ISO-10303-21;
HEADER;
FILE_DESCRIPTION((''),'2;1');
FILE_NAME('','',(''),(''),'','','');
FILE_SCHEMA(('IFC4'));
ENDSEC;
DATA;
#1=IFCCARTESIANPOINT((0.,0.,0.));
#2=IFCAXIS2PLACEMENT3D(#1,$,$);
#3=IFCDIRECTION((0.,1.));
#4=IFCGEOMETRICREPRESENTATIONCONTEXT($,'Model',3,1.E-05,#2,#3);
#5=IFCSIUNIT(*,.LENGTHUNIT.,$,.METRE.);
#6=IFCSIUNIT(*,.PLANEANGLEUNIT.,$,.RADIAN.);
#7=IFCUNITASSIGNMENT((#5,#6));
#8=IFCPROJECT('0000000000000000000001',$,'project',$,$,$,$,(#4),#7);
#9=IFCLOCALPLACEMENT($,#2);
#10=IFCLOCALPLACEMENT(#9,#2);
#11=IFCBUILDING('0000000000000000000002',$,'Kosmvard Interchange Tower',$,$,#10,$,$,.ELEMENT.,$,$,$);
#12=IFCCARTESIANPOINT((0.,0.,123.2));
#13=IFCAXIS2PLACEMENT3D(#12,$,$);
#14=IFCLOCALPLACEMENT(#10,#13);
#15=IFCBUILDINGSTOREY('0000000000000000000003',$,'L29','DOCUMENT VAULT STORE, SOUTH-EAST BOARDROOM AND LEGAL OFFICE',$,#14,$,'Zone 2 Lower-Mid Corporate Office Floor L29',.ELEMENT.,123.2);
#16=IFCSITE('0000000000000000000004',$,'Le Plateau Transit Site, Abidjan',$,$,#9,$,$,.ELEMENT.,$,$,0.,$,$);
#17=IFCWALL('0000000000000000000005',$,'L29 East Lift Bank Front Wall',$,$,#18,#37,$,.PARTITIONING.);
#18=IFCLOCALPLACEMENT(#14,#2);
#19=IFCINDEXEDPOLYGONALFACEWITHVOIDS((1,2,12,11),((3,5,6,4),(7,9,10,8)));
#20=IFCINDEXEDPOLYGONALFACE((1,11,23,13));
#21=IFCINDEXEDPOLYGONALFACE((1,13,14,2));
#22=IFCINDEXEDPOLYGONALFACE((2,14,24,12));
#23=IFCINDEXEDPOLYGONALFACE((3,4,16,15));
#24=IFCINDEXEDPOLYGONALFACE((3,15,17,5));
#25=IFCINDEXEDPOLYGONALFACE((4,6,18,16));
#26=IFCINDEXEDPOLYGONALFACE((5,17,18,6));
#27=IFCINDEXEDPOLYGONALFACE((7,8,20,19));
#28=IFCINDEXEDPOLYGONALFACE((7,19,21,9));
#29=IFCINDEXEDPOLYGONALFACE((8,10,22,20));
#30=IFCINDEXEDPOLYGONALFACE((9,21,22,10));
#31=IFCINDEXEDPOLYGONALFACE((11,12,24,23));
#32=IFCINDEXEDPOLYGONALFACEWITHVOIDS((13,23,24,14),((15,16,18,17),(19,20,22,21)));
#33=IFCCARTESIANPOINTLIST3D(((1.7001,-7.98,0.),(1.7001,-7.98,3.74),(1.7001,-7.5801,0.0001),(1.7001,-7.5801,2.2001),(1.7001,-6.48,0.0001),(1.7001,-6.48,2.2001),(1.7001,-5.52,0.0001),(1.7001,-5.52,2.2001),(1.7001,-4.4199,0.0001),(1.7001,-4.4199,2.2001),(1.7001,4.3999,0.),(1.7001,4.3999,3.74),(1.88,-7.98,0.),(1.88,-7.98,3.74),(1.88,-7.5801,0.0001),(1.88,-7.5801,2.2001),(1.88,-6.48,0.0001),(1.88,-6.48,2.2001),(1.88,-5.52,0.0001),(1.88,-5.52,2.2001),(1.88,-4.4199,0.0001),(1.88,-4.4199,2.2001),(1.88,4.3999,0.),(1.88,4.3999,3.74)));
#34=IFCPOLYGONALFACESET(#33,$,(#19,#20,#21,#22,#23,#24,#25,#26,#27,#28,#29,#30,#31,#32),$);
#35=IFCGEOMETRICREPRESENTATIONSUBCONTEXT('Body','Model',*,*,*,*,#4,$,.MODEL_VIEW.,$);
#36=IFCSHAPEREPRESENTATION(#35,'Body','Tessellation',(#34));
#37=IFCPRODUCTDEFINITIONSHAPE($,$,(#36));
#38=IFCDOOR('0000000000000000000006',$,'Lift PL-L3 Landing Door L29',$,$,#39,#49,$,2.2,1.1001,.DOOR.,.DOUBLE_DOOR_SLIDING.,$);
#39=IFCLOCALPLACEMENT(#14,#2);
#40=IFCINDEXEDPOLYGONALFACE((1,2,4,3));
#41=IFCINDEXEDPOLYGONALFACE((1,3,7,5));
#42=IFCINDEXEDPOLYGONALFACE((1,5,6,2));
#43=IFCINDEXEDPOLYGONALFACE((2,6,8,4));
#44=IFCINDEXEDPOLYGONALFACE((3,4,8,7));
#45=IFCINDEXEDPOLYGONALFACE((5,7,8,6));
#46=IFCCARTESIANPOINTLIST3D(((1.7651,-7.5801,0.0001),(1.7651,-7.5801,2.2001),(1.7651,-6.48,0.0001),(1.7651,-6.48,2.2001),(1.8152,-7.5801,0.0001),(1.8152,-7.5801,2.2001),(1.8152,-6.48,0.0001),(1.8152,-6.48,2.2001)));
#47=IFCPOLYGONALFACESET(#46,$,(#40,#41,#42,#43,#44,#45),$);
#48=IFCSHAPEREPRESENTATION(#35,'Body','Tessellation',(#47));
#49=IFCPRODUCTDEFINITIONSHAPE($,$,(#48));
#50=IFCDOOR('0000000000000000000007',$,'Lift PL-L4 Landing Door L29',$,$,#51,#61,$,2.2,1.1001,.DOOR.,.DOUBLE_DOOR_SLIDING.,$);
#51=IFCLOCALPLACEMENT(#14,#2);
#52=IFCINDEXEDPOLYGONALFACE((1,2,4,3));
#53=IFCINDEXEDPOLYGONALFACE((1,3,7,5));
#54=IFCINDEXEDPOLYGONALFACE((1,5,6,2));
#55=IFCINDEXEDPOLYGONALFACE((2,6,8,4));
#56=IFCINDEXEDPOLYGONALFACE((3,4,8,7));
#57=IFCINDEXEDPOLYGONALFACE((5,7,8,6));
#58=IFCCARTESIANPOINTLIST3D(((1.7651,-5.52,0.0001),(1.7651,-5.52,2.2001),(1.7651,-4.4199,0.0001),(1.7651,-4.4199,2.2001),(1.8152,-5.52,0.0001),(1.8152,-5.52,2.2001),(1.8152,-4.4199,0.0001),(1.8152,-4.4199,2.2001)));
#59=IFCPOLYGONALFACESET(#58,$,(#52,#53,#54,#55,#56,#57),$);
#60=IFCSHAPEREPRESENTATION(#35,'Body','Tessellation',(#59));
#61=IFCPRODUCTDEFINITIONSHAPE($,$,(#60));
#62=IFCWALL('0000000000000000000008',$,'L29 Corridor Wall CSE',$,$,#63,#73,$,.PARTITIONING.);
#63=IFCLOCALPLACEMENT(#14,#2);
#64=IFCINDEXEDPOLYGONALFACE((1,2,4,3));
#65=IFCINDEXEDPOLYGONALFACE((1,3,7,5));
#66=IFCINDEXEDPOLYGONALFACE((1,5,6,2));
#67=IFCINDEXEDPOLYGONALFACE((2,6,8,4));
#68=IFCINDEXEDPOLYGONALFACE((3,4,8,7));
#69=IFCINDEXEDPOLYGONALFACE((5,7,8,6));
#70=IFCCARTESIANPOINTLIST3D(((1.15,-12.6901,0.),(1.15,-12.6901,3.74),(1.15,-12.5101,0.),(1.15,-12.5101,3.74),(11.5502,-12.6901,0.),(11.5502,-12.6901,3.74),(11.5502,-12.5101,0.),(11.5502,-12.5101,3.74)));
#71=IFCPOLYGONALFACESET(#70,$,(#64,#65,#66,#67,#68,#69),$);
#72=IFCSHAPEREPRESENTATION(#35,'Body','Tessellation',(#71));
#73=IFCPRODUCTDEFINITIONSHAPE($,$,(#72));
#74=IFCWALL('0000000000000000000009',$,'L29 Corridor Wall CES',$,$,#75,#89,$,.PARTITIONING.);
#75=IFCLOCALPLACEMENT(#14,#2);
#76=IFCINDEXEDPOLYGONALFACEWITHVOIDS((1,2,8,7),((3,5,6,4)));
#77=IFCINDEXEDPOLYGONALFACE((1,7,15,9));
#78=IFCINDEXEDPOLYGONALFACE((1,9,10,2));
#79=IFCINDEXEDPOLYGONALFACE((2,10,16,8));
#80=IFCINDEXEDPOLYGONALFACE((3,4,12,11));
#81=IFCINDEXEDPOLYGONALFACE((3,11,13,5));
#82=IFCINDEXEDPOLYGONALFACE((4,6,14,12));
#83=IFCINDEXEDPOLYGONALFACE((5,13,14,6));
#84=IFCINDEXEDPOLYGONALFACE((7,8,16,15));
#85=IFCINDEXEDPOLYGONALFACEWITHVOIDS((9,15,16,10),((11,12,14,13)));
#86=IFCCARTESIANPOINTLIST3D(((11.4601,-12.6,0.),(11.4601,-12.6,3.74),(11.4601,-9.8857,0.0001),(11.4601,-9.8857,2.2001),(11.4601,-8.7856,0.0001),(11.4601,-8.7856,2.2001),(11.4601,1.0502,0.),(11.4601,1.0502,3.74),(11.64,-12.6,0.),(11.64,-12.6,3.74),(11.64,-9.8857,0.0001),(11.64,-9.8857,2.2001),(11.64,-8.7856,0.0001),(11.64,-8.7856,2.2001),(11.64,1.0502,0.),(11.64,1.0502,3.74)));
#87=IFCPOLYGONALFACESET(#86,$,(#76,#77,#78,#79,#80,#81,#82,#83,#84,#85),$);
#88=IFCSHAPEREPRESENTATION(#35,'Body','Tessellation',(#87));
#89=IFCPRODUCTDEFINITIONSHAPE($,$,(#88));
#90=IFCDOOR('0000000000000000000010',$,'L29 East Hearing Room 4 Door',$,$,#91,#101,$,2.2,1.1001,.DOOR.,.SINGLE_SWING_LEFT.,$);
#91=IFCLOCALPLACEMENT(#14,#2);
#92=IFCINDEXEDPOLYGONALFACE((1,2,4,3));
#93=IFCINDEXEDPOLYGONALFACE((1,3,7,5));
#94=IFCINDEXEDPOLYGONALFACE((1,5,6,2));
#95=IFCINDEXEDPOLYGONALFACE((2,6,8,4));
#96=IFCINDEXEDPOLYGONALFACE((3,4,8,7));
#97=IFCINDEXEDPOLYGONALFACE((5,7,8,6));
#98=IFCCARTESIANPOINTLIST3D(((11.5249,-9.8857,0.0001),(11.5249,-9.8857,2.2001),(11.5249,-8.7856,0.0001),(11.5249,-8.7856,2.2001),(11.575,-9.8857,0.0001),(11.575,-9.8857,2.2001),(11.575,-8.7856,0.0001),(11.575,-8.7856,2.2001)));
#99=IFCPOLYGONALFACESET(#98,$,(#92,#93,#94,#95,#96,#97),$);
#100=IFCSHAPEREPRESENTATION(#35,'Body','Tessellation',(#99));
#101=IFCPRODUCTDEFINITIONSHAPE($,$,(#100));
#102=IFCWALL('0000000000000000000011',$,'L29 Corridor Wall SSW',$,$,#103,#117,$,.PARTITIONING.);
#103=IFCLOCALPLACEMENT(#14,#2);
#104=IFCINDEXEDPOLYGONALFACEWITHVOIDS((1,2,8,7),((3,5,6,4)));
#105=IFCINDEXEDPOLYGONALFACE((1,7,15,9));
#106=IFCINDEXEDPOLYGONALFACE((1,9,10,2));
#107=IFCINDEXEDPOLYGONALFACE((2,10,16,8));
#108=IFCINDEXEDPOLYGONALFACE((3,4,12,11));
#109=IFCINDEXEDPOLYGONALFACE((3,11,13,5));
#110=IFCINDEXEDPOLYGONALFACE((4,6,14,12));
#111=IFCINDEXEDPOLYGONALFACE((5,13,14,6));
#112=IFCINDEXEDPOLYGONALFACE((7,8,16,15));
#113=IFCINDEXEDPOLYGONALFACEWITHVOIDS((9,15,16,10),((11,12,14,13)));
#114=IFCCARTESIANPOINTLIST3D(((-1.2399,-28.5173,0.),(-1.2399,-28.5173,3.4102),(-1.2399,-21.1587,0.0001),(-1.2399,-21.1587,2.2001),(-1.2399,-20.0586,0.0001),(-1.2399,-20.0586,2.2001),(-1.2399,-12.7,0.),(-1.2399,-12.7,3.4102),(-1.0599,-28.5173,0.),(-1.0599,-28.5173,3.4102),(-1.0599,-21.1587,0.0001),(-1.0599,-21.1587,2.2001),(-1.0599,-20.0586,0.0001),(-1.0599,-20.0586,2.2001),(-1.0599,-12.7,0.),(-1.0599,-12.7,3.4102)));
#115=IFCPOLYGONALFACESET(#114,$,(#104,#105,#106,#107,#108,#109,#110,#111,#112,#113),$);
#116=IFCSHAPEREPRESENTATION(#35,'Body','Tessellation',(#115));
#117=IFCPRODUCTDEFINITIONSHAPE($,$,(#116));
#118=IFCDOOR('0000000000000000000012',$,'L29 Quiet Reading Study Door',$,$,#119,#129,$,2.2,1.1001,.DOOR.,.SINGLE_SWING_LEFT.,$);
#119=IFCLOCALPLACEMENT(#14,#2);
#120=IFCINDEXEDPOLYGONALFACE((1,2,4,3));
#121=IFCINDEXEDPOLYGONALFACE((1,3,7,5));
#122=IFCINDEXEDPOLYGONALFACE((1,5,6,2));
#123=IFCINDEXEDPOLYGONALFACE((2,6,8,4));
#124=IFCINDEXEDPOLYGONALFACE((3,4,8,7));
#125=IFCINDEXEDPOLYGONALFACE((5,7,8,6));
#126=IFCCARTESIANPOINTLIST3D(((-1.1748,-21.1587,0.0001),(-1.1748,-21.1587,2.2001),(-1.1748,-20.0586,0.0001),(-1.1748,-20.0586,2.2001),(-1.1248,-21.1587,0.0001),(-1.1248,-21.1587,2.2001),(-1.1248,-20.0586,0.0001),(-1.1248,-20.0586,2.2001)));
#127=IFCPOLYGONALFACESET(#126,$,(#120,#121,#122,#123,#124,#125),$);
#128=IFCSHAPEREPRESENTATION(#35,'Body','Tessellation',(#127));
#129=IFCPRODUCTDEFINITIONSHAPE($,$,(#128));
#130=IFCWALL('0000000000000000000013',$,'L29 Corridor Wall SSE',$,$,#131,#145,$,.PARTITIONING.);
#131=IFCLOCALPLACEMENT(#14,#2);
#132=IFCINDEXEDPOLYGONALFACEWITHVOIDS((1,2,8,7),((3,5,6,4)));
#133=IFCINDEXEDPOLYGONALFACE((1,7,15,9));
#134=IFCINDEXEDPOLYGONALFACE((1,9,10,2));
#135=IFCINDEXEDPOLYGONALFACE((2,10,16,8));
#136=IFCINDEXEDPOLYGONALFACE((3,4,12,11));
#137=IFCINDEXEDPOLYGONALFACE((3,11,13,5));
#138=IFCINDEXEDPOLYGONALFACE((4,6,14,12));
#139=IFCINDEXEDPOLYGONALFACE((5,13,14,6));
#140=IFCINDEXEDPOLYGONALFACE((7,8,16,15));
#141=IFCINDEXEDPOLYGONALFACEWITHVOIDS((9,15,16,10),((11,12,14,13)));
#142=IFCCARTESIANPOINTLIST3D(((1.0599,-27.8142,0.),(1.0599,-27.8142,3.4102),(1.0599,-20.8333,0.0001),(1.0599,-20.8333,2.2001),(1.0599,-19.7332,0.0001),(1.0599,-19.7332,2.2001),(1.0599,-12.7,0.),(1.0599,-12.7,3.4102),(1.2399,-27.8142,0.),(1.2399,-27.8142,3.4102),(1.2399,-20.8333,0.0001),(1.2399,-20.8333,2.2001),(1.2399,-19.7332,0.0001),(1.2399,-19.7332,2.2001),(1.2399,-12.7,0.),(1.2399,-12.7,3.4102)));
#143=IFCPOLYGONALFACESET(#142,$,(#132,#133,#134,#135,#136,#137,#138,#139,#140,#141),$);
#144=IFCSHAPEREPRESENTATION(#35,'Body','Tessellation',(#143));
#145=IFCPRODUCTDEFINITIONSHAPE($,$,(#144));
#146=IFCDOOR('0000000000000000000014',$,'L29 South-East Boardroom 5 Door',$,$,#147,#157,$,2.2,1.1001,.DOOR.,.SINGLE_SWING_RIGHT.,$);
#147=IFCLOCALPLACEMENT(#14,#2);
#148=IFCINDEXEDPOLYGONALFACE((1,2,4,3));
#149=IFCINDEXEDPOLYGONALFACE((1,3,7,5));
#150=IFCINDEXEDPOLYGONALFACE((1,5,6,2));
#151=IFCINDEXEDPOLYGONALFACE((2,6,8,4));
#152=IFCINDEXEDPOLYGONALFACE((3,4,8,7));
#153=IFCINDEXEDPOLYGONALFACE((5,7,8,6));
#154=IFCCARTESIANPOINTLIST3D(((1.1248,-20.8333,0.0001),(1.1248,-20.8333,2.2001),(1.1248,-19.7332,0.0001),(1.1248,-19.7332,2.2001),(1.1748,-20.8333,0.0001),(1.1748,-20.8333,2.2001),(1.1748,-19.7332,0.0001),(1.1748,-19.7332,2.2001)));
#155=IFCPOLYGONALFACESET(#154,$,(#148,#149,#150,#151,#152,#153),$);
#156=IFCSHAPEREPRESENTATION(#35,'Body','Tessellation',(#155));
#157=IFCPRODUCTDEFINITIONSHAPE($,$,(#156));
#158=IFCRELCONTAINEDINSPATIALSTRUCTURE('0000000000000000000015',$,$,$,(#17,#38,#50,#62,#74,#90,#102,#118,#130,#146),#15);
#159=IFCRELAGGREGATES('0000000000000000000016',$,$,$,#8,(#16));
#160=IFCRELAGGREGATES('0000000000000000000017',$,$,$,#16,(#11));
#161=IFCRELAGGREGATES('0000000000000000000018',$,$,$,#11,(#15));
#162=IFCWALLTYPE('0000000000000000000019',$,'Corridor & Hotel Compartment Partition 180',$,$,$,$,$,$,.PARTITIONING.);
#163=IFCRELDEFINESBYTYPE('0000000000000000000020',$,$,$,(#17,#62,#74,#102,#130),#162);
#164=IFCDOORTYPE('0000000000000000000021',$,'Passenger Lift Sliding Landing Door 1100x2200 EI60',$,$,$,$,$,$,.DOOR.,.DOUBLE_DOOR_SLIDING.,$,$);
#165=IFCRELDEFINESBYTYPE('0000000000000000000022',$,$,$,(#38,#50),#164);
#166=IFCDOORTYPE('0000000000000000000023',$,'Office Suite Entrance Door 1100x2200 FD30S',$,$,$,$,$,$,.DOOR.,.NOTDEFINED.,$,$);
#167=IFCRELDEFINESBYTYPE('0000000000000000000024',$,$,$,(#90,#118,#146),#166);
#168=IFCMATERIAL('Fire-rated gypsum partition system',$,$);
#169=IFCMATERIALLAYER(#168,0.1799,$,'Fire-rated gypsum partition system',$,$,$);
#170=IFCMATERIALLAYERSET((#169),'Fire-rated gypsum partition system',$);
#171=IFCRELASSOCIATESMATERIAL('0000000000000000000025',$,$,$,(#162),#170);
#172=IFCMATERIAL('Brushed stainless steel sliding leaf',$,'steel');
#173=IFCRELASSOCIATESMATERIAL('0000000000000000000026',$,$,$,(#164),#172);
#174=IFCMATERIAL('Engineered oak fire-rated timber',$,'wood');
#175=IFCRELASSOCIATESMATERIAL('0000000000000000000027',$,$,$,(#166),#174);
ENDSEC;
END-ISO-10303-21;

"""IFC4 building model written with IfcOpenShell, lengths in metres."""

from ifc_helpers import new_model, si_unit, direction, frame, frame_2d, origin, place, context, subcontext, project, spatial, rectangle, extrude, source, transform, mapped, material, layer, layer_set, type_object, element, fill, save


model = new_model("IFC4")

# Units and contexts
model_context = context("Model", 3, precision=1e-05, world=origin(), true_north=direction((0.0, 1.0)))
body_context = subcontext(model_context, "Body", "Model", "MODEL_VIEW")
ifc_project = project(units=[si_unit("LENGTHUNIT", "METRE"), si_unit("PLANEANGLEUNIT", "RADIAN")], contexts=[model_context])

# Site, building, storey
site_placement = place(None, origin())
site = spatial("IfcSite", under=ifc_project, at=site_placement, Name="Le Plateau Transit Site, Abidjan", CompositionType="ELEMENT", RefElevation=0.0)
building_placement = place(site_placement, origin())
building = spatial("IfcBuilding", under=site, at=building_placement, Name="Kosmvard Interchange Tower", CompositionType="ELEMENT")
storey_placement = place(building_placement, frame((0.0, 0.0, 123.2)))
storey = spatial("IfcBuildingStorey", under=building, at=storey_placement, Name="L29", Description="DOCUMENT VAULT STORE, SOUTH-EAST BOARDROOM AND LEGAL OFFICE", LongName="Zone 2 Lower-Mid Corporate Office Floor L29", CompositionType="ELEMENT", Elevation=123.2)

# Wall, openings, doors
ifc_material_1 = material(Name="Fire-rated gypsum partition system")
ifc_layer_1 = layer(ifc_material_1, 0.1799, Name="Fire-rated gypsum partition system")
ifc_layer_set_1 = layer_set([ifc_layer_1], Name="Fire-rated gypsum partition system")
wall_type_1 = type_object("IfcWallType", Name="Corridor & Hotel Compartment Partition 180", PredefinedType="PARTITIONING", material=ifc_layer_set_1)
wall_1_placement = place(storey_placement, frame((1.79, -7.98, 0.0), z_axis=(0.0, 0.0, 1.0), x_axis=(0.0, 1.0, 0.0)))
wall_1 = element("IfcWall", 1, at=wall_1_placement, inside=storey, type_object=wall_type_1, Name="L29 East Lift Bank Front Wall", PredefinedType="PARTITIONING", context=body_context, shape_type="SweptSolid", body=[
    extrude(rectangle(XDim=12.3799, YDim=0.1799, at=frame_2d((6.1899, 0.0))), origin(), (0.0, 0.0, 1.0), 3.74),
])
opening_1_placement = place(wall_1_placement, frame((0.3999, 0.0, 0.0)))
opening_1 = element("IfcOpeningElement", 2, at=opening_1_placement, cuts=wall_1, PredefinedType="OPENING", context=body_context, shape_type="SweptSolid", body=[
    extrude(rectangle(XDim=1.1001, YDim=2.2, at=frame_2d((0.55, 1.1001))), frame((0.0, 0.1001, 0.0), z_axis=(0.0, -1.0, 0.0), x_axis=(1.0, 0.0, 0.0)), (0.0, 0.0, 1.0), 0.2),
])
opening_2_placement = place(wall_1_placement, frame((2.46, 0.0, 0.0)))
opening_2 = element("IfcOpeningElement", 3, at=opening_2_placement, cuts=wall_1, PredefinedType="OPENING", context=body_context, shape_type="SweptSolid", body=[
    extrude(rectangle(XDim=1.1001, YDim=2.2, at=frame_2d((0.55, 1.1001))), frame((0.0, 0.1001, 0.0), z_axis=(0.0, -1.0, 0.0), x_axis=(1.0, 0.0, 0.0)), (0.0, 0.0, 1.0), 0.2),
])
ifc_material_2 = material(Name="Brushed stainless steel sliding leaf", Category="steel")
door_type_1 = type_object("IfcDoorType", Name="Passenger Lift Sliding Landing Door 1100x2200 EI60", OperationType="DOUBLE_DOOR_SLIDING", PredefinedType="DOOR", material=ifc_material_2)
shared_shape_1 = source(origin(), body_context, "Body", "SweptSolid", [
    extrude(rectangle(XDim=1.1001, YDim=2.2, at=frame_2d((0.55, 1.1001))), frame((0.0, 0.0249, 0.0), z_axis=(0.0, -1.0, 0.0), x_axis=(1.0, 0.0, 0.0)), (0.0, 0.0, 1.0), 0.05),
])
door_1_placement = place(opening_1_placement, origin())
door_1 = element("IfcDoor", 4, at=door_1_placement, inside=storey, type_object=door_type_1, Name="Lift PL-L3 Landing Door L29", OperationType="DOUBLE_DOOR_SLIDING", OverallHeight=2.2, OverallWidth=1.1001, PredefinedType="DOOR", context=body_context, shape_type="MappedRepresentation", body=[
    mapped(shared_shape_1, transform((0.0, 0.0, 0.0), scale=1.0)),
])
fill(opening_1, door_1)
door_2_placement = place(opening_2_placement, origin())
door_2 = element("IfcDoor", 5, at=door_2_placement, inside=storey, type_object=door_type_1, Name="Lift PL-L4 Landing Door L29", OperationType="DOUBLE_DOOR_SLIDING", OverallHeight=2.2, OverallWidth=1.1001, PredefinedType="DOOR", context=body_context, shape_type="MappedRepresentation", body=[
    mapped(shared_shape_1, transform((0.0, 0.0, 0.0), scale=1.0)),
])
fill(opening_2, door_2)

# Wall
wall_2_placement = place(storey_placement, frame((1.1499, -12.6001, 0.0), z_axis=(0.0, 0.0, 1.0), x_axis=(1.0, 0.0, 0.0)))
element("IfcWall", 6, at=wall_2_placement, inside=storey, type_object=wall_type_1, Name="L29 Corridor Wall CSE", PredefinedType="PARTITIONING", context=body_context, shape_type="SweptSolid", body=[
    extrude(rectangle(XDim=10.4001, YDim=0.1799, at=frame_2d((5.2002, 0.0))), origin(), (0.0, 0.0, 1.0), 3.74),
])

# Walls, openings, doors
wall_3_placement = place(storey_placement, frame((11.55, -12.6001, 0.0), z_axis=(0.0, 0.0, 1.0), x_axis=(0.0, 1.0, 0.0)))
wall_3 = element("IfcWall", 7, at=wall_3_placement, inside=storey, type_object=wall_type_1, Name="L29 Corridor Wall CES", PredefinedType="PARTITIONING", context=body_context, shape_type="SweptSolid", body=[
    extrude(rectangle(XDim=13.6501, YDim=0.1799, at=frame_2d((6.8252, 0.0))), origin(), (0.0, 0.0, 1.0), 3.74),
])
opening_3_placement = place(wall_3_placement, frame((2.7144, 0.0, 0.0)))
opening_3 = element("IfcOpeningElement", 8, at=opening_3_placement, cuts=wall_3, PredefinedType="OPENING", context=body_context, shape_type="SweptSolid", body=[
    extrude(rectangle(XDim=1.1001, YDim=2.2, at=frame_2d((0.55, 1.1001))), frame((0.0, 0.1001, 0.0), z_axis=(0.0, -1.0, 0.0), x_axis=(1.0, 0.0, 0.0)), (0.0, 0.0, 1.0), 0.2),
])
ifc_material_3 = material(Name="Engineered oak fire-rated timber", Category="wood")
door_type_2 = type_object("IfcDoorType", Name="Office Suite Entrance Door 1100x2200 FD30S", OperationType="NOTDEFINED", PredefinedType="DOOR", material=ifc_material_3)
door_3_placement = place(opening_3_placement, frame((1.1001, 0.0, 0.0), z_axis=(0.0, 0.0, 1.0), x_axis=(-1.0, 0.0, 0.0)))
door_3 = element("IfcDoor", 9, at=door_3_placement, inside=storey, type_object=door_type_2, Name="L29 East Hearing Room 4 Door", OperationType="SINGLE_SWING_LEFT", OverallHeight=2.2, OverallWidth=1.1001, PredefinedType="DOOR", context=body_context, shape_type="MappedRepresentation", body=[
    mapped(shared_shape_1, transform((0.0, 0.0, 0.0), scale=1.0)),
])
fill(opening_3, door_3)
wall_4_placement = place(storey_placement, frame((-1.1499, -28.5173, 0.0), z_axis=(0.0, 0.0, 1.0), x_axis=(0.0, 1.0, 0.0)))
wall_4 = element("IfcWall", 10, at=wall_4_placement, inside=storey, type_object=wall_type_1, Name="L29 Corridor Wall SSW", PredefinedType="PARTITIONING", context=body_context, shape_type="SweptSolid", body=[
    extrude(rectangle(XDim=15.8174, YDim=0.1799, at=frame_2d((7.9087, 0.0))), origin(), (0.0, 0.0, 1.0), 3.4102),
])
opening_4_placement = place(wall_4_placement, frame((7.3586, 0.0, 0.0)))
opening_4 = element("IfcOpeningElement", 11, at=opening_4_placement, cuts=wall_4, PredefinedType="OPENING", context=body_context, shape_type="SweptSolid", body=[
    extrude(rectangle(XDim=1.1001, YDim=2.2, at=frame_2d((0.55, 1.1001))), frame((0.0, 0.1001, 0.0), z_axis=(0.0, -1.0, 0.0), x_axis=(1.0, 0.0, 0.0)), (0.0, 0.0, 1.0), 0.2),
])
door_4_placement = place(opening_4_placement, origin())
door_4 = element("IfcDoor", 12, at=door_4_placement, inside=storey, type_object=door_type_2, Name="L29 Quiet Reading Study Door", OperationType="SINGLE_SWING_LEFT", OverallHeight=2.2, OverallWidth=1.1001, PredefinedType="DOOR", context=body_context, shape_type="MappedRepresentation", body=[
    mapped(shared_shape_1, transform((0.0, 0.0, 0.0), scale=1.0)),
])
fill(opening_4, door_4)
wall_5_placement = place(storey_placement, frame((1.1499, -27.8142, 0.0), z_axis=(0.0, 0.0, 1.0), x_axis=(0.0, 1.0, 0.0)))
wall_5 = element("IfcWall", 13, at=wall_5_placement, inside=storey, type_object=wall_type_1, Name="L29 Corridor Wall SSE", PredefinedType="PARTITIONING", context=body_context, shape_type="SweptSolid", body=[
    extrude(rectangle(XDim=15.1143, YDim=0.1799, at=frame_2d((7.5571, 0.0))), origin(), (0.0, 0.0, 1.0), 3.4102),
])
opening_5_placement = place(wall_5_placement, frame((6.981, 0.0, 0.0)))
opening_5 = element("IfcOpeningElement", 14, at=opening_5_placement, cuts=wall_5, PredefinedType="OPENING", context=body_context, shape_type="SweptSolid", body=[
    extrude(rectangle(XDim=1.1001, YDim=2.2, at=frame_2d((0.55, 1.1001))), frame((0.0, 0.1001, 0.0), z_axis=(0.0, -1.0, 0.0), x_axis=(1.0, 0.0, 0.0)), (0.0, 0.0, 1.0), 0.2),
])
door_5_placement = place(opening_5_placement, frame((1.1001, 0.0, 0.0), z_axis=(0.0, 0.0, 1.0), x_axis=(-1.0, 0.0, 0.0)))
door_5 = element("IfcDoor", 15, at=door_5_placement, inside=storey, type_object=door_type_2, Name="L29 South-East Boardroom 5 Door", OperationType="SINGLE_SWING_RIGHT", OverallHeight=2.2, OverallWidth=1.1001, PredefinedType="DOOR", context=body_context, shape_type="MappedRepresentation", body=[
    mapped(shared_shape_1, transform((0.0, 0.0, 0.0), scale=1.0)),
])
fill(opening_5, door_5)

save(model, "model.ifc")
